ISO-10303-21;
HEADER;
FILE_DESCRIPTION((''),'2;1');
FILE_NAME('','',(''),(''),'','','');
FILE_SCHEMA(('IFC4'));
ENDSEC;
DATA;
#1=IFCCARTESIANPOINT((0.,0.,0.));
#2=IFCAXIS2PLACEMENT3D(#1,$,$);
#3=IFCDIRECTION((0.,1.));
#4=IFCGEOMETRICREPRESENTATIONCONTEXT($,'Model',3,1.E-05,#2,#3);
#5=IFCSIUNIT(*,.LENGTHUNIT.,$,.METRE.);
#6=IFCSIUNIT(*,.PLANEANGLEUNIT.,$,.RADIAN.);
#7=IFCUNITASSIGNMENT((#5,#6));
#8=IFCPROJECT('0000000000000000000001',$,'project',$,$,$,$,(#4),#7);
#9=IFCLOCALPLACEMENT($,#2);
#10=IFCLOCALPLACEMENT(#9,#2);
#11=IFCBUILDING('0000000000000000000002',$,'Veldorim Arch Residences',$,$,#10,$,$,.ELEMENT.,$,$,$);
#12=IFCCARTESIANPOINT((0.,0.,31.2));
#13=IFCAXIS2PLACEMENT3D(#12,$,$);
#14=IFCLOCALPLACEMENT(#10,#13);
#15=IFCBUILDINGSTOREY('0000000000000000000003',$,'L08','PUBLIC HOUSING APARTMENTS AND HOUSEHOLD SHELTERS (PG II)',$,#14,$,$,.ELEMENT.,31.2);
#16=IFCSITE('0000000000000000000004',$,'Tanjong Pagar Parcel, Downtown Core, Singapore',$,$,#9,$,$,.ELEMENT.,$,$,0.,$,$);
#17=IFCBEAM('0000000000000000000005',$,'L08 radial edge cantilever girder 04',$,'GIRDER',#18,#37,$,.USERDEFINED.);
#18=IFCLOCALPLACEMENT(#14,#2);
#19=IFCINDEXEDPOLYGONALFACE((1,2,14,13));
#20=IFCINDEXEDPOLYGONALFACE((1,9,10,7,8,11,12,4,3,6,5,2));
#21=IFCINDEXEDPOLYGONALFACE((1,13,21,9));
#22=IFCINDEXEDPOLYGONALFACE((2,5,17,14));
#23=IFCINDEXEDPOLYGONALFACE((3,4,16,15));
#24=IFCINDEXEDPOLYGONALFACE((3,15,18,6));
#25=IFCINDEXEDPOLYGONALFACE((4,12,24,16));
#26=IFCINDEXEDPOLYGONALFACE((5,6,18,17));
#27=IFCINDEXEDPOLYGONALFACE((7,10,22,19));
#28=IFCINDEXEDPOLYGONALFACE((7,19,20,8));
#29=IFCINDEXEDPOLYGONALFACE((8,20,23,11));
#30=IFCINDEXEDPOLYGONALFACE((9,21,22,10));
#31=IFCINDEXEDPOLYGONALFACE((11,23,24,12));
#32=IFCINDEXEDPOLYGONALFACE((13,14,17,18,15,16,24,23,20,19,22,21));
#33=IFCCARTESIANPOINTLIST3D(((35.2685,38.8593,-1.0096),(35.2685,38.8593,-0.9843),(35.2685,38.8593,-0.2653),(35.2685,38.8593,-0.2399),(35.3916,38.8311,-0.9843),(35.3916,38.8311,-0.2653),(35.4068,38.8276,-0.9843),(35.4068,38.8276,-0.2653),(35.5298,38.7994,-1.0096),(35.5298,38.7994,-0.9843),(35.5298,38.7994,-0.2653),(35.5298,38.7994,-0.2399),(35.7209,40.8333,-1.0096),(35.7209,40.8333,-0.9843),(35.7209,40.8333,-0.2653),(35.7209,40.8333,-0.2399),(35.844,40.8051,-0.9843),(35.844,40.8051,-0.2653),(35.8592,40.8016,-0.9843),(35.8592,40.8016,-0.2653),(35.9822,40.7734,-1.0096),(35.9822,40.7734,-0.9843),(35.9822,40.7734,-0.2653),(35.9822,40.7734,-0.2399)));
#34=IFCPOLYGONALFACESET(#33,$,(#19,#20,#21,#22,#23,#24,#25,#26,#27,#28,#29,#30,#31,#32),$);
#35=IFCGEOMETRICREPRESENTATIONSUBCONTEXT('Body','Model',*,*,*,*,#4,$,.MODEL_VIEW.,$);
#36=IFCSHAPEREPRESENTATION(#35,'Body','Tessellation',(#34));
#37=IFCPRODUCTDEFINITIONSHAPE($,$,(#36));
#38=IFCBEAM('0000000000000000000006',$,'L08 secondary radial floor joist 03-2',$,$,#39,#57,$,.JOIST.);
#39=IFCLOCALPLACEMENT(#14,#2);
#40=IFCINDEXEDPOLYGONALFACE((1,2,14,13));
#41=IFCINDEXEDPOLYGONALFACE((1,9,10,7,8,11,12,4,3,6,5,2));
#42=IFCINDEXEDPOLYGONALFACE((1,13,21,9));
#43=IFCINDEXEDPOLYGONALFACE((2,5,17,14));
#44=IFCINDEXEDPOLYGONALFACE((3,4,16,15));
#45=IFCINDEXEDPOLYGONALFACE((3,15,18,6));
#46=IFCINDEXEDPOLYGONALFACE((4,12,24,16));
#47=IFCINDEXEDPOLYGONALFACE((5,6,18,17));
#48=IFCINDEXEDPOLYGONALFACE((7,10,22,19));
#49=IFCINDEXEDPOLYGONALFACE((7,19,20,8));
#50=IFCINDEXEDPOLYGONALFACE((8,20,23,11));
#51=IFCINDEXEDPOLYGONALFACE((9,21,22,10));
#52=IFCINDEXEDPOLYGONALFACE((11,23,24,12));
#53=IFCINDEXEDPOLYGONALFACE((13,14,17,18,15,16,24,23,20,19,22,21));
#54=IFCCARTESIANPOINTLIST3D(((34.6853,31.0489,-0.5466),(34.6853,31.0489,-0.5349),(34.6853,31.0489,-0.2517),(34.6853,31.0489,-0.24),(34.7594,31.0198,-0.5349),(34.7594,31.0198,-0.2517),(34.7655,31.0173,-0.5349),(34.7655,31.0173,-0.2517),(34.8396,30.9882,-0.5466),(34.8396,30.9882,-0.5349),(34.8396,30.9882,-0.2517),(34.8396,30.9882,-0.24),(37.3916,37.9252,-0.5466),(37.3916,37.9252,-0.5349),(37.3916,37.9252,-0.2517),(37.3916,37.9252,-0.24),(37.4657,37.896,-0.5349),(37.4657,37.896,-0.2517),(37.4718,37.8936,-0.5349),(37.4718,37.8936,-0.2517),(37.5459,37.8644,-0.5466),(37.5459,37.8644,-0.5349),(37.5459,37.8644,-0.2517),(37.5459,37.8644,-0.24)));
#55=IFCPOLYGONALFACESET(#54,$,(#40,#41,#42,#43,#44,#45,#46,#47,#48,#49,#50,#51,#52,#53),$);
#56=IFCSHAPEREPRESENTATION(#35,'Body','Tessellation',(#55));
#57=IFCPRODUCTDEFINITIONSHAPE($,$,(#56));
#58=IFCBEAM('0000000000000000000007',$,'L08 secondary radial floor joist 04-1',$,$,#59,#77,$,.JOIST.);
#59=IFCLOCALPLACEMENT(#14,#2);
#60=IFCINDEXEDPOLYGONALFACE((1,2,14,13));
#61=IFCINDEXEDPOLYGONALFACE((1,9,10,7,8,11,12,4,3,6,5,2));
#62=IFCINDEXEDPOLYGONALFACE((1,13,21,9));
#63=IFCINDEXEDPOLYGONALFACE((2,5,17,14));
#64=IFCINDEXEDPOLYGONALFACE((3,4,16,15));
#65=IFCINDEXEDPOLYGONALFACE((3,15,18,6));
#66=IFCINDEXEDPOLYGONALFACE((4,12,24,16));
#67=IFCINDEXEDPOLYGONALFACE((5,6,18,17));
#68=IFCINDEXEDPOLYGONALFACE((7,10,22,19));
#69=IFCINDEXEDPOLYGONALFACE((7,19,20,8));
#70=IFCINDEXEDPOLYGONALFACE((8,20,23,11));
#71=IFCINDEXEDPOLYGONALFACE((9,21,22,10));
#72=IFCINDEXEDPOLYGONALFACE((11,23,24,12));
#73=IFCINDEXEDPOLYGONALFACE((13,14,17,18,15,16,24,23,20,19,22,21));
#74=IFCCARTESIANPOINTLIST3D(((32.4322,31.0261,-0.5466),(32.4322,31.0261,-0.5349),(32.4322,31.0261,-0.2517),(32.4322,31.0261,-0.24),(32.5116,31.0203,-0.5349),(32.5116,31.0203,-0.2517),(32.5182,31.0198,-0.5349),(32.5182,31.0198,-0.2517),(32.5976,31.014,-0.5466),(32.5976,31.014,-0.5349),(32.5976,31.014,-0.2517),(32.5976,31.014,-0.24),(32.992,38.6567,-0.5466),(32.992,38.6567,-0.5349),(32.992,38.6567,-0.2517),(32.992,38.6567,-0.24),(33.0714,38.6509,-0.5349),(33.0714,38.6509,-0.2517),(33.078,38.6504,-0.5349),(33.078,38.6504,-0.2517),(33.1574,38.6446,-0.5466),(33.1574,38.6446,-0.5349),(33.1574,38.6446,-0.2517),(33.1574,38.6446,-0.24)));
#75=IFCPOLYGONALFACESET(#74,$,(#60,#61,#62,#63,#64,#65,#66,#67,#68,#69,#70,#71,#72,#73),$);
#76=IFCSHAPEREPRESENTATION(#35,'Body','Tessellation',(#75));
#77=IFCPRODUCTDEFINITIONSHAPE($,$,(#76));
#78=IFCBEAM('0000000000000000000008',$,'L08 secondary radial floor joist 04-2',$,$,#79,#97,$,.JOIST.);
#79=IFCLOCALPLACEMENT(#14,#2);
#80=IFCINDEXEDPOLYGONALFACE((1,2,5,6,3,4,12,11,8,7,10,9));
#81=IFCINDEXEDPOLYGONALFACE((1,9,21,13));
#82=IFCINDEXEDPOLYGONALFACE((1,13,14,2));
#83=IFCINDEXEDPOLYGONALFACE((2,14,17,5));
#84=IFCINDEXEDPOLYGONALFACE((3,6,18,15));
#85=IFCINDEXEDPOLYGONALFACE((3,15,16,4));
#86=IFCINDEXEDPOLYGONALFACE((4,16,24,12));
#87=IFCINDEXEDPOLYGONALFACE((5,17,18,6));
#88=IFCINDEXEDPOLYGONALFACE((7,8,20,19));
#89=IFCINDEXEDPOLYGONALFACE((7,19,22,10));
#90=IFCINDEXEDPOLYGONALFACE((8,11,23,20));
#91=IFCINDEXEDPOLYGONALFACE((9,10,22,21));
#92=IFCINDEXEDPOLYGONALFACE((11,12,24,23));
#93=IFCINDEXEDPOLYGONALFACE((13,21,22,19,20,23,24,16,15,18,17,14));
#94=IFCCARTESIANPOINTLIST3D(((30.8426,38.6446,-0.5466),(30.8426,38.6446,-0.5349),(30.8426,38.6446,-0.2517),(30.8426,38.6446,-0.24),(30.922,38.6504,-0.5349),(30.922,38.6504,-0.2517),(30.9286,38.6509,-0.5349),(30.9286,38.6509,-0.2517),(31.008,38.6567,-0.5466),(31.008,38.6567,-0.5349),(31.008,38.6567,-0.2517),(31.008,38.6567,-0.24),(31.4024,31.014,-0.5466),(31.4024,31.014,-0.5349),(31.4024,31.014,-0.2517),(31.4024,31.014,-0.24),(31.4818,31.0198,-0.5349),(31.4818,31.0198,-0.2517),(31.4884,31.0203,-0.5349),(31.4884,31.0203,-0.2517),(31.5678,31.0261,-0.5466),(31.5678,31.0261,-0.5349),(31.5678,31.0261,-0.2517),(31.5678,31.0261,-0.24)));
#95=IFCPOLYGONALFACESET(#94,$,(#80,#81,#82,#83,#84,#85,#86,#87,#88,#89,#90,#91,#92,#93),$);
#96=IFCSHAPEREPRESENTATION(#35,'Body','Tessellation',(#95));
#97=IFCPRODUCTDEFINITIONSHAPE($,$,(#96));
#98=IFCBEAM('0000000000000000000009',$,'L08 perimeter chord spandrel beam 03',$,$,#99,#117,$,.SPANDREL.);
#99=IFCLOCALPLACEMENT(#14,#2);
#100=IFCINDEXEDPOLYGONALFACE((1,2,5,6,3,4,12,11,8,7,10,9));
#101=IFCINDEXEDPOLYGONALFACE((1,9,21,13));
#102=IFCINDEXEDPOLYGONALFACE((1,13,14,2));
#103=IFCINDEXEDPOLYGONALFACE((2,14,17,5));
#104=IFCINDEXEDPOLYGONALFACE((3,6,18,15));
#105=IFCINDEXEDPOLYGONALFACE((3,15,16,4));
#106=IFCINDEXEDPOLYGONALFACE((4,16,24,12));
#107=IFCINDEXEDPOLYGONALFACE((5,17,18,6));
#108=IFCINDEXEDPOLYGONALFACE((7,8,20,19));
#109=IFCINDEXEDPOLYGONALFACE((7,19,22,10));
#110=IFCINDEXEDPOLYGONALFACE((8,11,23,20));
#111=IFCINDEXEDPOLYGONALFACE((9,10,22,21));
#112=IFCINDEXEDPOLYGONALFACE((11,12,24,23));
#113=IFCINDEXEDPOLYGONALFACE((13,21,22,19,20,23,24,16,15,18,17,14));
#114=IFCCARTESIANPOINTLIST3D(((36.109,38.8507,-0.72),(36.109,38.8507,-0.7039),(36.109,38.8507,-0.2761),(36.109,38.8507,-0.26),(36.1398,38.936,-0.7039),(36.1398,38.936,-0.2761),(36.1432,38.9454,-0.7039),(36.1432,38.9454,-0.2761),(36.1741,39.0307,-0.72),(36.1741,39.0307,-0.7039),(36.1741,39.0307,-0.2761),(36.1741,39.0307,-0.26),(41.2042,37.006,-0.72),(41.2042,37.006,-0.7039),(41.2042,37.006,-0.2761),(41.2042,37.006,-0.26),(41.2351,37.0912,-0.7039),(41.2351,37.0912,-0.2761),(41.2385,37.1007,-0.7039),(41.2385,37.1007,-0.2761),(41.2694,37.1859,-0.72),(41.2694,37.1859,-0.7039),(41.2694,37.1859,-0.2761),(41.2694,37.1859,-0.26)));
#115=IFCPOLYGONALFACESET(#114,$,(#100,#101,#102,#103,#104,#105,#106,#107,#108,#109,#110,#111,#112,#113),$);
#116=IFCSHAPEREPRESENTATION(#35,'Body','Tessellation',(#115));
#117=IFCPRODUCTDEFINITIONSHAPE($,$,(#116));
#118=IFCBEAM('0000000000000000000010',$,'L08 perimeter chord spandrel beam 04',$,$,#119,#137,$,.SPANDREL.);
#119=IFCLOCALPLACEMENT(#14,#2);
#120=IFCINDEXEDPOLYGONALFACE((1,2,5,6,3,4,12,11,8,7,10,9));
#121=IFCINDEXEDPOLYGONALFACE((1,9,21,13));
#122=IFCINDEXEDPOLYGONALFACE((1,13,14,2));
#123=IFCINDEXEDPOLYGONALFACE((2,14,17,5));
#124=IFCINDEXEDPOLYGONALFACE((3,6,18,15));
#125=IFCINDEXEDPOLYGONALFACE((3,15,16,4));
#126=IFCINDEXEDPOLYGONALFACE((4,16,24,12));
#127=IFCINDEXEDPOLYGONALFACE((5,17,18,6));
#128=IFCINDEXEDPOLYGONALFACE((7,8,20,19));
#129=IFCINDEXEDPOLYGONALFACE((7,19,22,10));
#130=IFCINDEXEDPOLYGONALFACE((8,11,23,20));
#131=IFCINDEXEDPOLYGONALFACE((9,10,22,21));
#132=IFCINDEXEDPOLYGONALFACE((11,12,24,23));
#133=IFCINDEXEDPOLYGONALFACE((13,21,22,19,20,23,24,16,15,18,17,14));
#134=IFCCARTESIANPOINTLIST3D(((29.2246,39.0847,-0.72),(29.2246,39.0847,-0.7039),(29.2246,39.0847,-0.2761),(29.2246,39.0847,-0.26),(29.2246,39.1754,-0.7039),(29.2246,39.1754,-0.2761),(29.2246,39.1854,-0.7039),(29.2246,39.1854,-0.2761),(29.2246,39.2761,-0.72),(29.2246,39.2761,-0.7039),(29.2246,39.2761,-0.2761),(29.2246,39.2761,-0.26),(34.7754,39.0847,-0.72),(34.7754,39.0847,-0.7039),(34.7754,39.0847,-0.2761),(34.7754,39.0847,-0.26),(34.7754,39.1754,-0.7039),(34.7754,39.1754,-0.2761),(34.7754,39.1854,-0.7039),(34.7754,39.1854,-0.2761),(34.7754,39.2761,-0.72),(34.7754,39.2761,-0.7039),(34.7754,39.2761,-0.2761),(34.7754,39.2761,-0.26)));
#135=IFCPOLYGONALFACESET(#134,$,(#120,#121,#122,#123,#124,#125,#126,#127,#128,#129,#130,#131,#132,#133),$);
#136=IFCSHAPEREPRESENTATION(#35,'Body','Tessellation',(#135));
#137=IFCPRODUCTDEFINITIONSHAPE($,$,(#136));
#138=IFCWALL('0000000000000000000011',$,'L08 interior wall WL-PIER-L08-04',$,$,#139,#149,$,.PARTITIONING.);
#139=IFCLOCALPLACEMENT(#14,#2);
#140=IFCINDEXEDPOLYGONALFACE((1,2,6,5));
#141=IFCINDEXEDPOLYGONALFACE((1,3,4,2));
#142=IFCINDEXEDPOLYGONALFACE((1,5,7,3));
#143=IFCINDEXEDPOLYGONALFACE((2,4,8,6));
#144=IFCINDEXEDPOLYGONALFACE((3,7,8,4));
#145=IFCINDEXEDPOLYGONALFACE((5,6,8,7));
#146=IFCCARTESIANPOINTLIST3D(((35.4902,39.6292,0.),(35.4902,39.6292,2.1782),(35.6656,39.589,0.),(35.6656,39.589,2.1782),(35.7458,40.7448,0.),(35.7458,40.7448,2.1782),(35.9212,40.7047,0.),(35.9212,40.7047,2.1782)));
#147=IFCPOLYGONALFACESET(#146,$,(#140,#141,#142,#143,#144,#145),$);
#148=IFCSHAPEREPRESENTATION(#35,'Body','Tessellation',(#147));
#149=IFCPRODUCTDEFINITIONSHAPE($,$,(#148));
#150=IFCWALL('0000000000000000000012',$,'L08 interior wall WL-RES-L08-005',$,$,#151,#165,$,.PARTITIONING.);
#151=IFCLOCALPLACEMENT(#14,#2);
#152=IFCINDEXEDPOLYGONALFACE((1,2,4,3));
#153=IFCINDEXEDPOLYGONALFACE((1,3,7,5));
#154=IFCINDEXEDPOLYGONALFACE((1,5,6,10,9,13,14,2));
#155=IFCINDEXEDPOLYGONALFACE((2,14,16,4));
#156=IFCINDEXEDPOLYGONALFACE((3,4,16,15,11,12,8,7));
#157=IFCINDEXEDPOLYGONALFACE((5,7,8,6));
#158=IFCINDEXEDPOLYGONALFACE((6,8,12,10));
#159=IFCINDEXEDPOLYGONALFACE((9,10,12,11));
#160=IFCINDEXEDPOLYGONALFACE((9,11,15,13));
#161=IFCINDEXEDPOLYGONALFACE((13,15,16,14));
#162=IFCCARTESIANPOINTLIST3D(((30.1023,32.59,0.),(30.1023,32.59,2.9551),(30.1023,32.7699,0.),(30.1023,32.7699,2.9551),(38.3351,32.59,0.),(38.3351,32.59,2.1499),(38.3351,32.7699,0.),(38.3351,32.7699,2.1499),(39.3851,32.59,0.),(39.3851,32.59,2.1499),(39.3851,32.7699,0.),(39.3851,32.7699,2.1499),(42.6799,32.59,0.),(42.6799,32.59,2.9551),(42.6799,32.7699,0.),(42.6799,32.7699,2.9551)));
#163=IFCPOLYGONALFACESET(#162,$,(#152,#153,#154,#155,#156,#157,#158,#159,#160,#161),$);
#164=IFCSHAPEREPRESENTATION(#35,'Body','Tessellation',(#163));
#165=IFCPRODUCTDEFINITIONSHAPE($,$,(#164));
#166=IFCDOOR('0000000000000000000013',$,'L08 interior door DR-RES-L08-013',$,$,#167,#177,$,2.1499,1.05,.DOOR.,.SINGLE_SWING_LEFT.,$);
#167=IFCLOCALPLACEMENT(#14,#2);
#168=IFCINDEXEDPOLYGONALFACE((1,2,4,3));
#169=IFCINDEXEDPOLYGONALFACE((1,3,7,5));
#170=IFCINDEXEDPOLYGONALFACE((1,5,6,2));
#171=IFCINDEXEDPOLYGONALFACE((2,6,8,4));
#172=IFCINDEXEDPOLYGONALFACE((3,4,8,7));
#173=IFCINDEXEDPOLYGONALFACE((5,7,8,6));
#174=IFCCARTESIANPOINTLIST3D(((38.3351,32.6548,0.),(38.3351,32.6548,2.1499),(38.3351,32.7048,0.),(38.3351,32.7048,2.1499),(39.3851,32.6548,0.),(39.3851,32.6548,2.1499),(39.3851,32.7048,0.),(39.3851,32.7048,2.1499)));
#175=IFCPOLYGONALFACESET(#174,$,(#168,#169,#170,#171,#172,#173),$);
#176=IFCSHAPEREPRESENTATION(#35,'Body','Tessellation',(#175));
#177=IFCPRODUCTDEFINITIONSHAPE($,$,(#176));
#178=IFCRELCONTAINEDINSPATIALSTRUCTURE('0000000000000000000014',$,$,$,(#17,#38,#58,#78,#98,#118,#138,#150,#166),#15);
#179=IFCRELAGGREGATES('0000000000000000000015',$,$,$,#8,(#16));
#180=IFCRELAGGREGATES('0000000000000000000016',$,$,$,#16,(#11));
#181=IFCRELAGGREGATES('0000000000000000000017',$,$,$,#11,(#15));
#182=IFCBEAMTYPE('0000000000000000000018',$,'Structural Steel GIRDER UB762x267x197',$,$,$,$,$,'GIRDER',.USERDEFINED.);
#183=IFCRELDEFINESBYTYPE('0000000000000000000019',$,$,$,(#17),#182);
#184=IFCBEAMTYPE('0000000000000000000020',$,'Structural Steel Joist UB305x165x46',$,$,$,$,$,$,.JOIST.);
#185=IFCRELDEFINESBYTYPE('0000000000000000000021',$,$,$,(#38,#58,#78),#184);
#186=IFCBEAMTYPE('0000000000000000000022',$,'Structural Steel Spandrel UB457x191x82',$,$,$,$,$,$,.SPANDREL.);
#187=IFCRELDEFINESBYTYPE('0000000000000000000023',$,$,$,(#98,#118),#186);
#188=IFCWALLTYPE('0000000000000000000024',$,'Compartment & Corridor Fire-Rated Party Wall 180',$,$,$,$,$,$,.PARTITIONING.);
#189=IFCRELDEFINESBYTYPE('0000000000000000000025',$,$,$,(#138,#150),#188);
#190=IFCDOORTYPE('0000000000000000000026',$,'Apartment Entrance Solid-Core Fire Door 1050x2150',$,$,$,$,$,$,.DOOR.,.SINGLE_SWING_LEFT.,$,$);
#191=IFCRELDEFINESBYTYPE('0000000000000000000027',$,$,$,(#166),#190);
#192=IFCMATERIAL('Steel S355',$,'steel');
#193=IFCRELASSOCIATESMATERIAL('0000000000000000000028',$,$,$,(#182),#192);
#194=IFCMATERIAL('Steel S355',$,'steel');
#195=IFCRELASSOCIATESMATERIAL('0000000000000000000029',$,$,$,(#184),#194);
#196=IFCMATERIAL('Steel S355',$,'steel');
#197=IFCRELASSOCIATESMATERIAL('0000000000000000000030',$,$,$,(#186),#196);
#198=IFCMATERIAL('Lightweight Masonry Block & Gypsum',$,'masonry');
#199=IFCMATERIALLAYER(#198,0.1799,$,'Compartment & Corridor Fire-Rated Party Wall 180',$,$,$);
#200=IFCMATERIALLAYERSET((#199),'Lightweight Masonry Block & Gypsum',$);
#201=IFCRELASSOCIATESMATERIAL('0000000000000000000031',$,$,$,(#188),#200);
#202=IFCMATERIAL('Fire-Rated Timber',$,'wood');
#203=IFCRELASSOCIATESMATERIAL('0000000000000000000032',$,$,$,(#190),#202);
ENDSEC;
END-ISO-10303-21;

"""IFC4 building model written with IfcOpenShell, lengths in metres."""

from ifc_helpers import new_model, si_unit, direction, frame, frame_2d, origin, origin_2d, place, context, subcontext, project, spatial, rectangle, i_section, extrude, material, layer, layer_set, material_profile, profile_set, type_object, element, fill, save


model = new_model("IFC4")

# Units and contexts
model_context = context("Model", 3, precision=1e-05, world=origin(), true_north=direction((0.0, 1.0)))
body_context = subcontext(model_context, "Body", "Model", "MODEL_VIEW")
ifc_project = project(units=[si_unit("LENGTHUNIT", "METRE"), si_unit("PLANEANGLEUNIT", "RADIAN")], contexts=[model_context])

# Site, building, storey
site_placement = place(None, origin())
site = spatial("IfcSite", under=ifc_project, at=site_placement, Name="Tanjong Pagar Parcel, Downtown Core, Singapore", CompositionType="ELEMENT", RefElevation=0.0)
building_placement = place(site_placement, origin())
building = spatial("IfcBuilding", under=site, at=building_placement, Name="Veldorim Arch Residences", CompositionType="ELEMENT")
storey_placement = place(building_placement, frame((0.0, 0.0, 31.2)))
storey = spatial("IfcBuildingStorey", under=building, at=storey_placement, Name="L08", Description="PUBLIC HOUSING APARTMENTS AND HOUSEHOLD SHELTERS (PG II)", CompositionType="ELEMENT", Elevation=31.2)

# Beams
ifc_material_1 = material(Name="Steel S355", Category="steel")
ifc_material_profile_1 = material_profile(ifc_material_1, i_section(OverallWidth=0.2681, OverallDepth=0.7698, WebThickness=0.0156, FlangeThickness=0.0254, at=origin_2d()), Name="UB762x267x197")
ifc_profile_set_1 = profile_set([ifc_material_profile_1], Name="Steel S355")
beam_type_1 = type_object("IfcBeamType", Name="Structural Steel GIRDER UB762x267x197", ElementType="GIRDER", PredefinedType="USERDEFINED", material=ifc_profile_set_1)
beam_1_placement = place(storey_placement, frame((35.3992, 38.8293, -0.6248), z_axis=(0.223398, 0.974727, 0.0), x_axis=(-0.974727, 0.223398, 0.0)))
element("IfcBeam", 1, at=beam_1_placement, inside=storey, type_object=beam_type_1, Name="L08 radial edge cantilever girder 04", ObjectType="GIRDER", PredefinedType="USERDEFINED", context=body_context, shape_type="SweptSolid", body=[
    extrude(i_section(OverallWidth=0.2681, OverallDepth=0.7698, WebThickness=0.0156, FlangeThickness=0.0254, at=origin_2d()), origin(), (0.0, 0.0, 1.0), 2.0251),
])
ifc_material_2 = material(Name="Steel S355", Category="steel")
ifc_material_profile_2 = material_profile(ifc_material_2, i_section(OverallWidth=0.1658, OverallDepth=0.3066, WebThickness=0.0066, FlangeThickness=0.0117, at=origin_2d()), Name="UB305x165x46")
ifc_profile_set_2 = profile_set([ifc_material_profile_2], Name="Steel S355")
beam_type_2 = type_object("IfcBeamType", Name="Structural Steel Joist UB305x165x46", PredefinedType="JOIST", material=ifc_profile_set_2)
beam_2_placement = place(storey_placement, frame((34.7625, 31.0186, -0.3933), z_axis=(0.36623, 0.930524, 0.0), x_axis=(-0.930524, 0.36623, 0.0)))
element("IfcBeam", 2, at=beam_2_placement, inside=storey, type_object=beam_type_2, Name="L08 secondary radial floor joist 03-2", PredefinedType="JOIST", context=body_context, shape_type="SweptSolid", body=[
    extrude(i_section(OverallWidth=0.1658, OverallDepth=0.3066, WebThickness=0.0066, FlangeThickness=0.0117, at=origin_2d()), origin(), (0.0, 0.0, 1.0), 7.3896),
])
for number, where, z_axis, x_axis, name in (
    (3, (32.5149, 31.02, -0.3933), (0.073168, 0.99732, 0.0), (-0.99732, 0.073168, 0.0), "L08 secondary radial floor joist 04-1"),
    (4, (31.4851, 31.02, -0.3933), (-0.073168, 0.99732, 0.0), (-0.99732, -0.073168, 0.0), "L08 secondary radial floor joist 04-2"),
):
    element("IfcBeam", number, at=place(storey_placement, frame(where, z_axis=z_axis, x_axis=x_axis)), inside=storey, type_object=beam_type_2, Name=name, PredefinedType="JOIST", context=body_context, shape_type="SweptSolid", body=[
        extrude(i_section(OverallWidth=0.1658, OverallDepth=0.3066, WebThickness=0.0066, FlangeThickness=0.0117, at=origin_2d()), origin(), (0.0, 0.0, 1.0), 7.6511),
    ])
ifc_material_3 = material(Name="Steel S355", Category="steel")
ifc_material_profile_3 = material_profile(ifc_material_3, i_section(OverallWidth=0.1914, OverallDepth=0.46, WebThickness=0.01, FlangeThickness=0.0161, at=origin_2d()), Name="UB457x191x82")
ifc_profile_set_3 = profile_set([ifc_material_profile_3], Name="Steel S355")
beam_type_3 = type_object("IfcBeamType", Name="Structural Steel Spandrel UB457x191x82", PredefinedType="SPANDREL", material=ifc_profile_set_3)
beam_3_placement = place(storey_placement, frame((41.2368, 37.0959, -0.49), z_axis=(-0.940271, 0.340426, 0.0), x_axis=(-0.340426, -0.940271, 0.0)))
element("IfcBeam", 5, at=beam_3_placement, inside=storey, type_object=beam_type_3, Name="L08 perimeter chord spandrel beam 03", PredefinedType="SPANDREL", context=body_context, shape_type="SweptSolid", body=[
    extrude(i_section(OverallWidth=0.1914, OverallDepth=0.46, WebThickness=0.01, FlangeThickness=0.0161, at=origin_2d()), origin(), (0.0, 0.0, 1.0), 5.4189),
])
beam_4_placement = place(storey_placement, frame((34.7754, 39.1804, -0.49), z_axis=(-1.0, 0.0, 0.0), x_axis=(0.0, -1.0, 0.0)))
element("IfcBeam", 6, at=beam_4_placement, inside=storey, type_object=beam_type_3, Name="L08 perimeter chord spandrel beam 04", PredefinedType="SPANDREL", context=body_context, shape_type="SweptSolid", body=[
    extrude(i_section(OverallWidth=0.1914, OverallDepth=0.46, WebThickness=0.01, FlangeThickness=0.0161, at=origin_2d()), origin(), (0.0, 0.0, 1.0), 5.5508),
])

# Wall
ifc_material_4 = material(Name="Lightweight Masonry Block & Gypsum", Category="masonry")
ifc_layer_1 = layer(ifc_material_4, 0.1799, Name="Compartment & Corridor Fire-Rated Party Wall 180")
ifc_layer_set_1 = layer_set([ifc_layer_1], Name="Lightweight Masonry Block & Gypsum")
wall_type_1 = type_object("IfcWallType", Name="Compartment & Corridor Fire-Rated Party Wall 180", PredefinedType="PARTITIONING", material=ifc_layer_set_1)
wall_1_placement = place(storey_placement, frame((35.5779, 39.6091, 0.0), z_axis=(0.0, 0.0, 1.0), x_axis=(0.223317, 0.974746, 0.0)))
element("IfcWall", 7, at=wall_1_placement, inside=storey, type_object=wall_type_1, Name="L08 interior wall WL-PIER-L08-04", PredefinedType="PARTITIONING", context=body_context, shape_type="SweptSolid", body=[
    extrude(rectangle(XDim=1.1445, YDim=0.1799, at=frame_2d((0.5723, 0.0))), origin(), (0.0, 0.0, 1.0), 2.1782),
])

# Wall, opening, door
wall_2_placement = place(storey_placement, frame((30.1023, 32.6799, 0.0), z_axis=(0.0, 0.0, 1.0), x_axis=(1.0, 0.0, 0.0)))
wall_2 = element("IfcWall", 8, at=wall_2_placement, inside=storey, type_object=wall_type_1, Name="L08 interior wall WL-RES-L08-005", PredefinedType="PARTITIONING", context=body_context, shape_type="SweptSolid", body=[
    extrude(rectangle(XDim=12.5776, YDim=0.1799, at=frame_2d((6.2888, 0.0))), origin(), (0.0, 0.0, 1.0), 2.9551),
])
opening_1_placement = place(wall_2_placement, frame((8.2329, 0.0, 0.0)))
opening_1 = element("IfcOpeningElement", 9, at=opening_1_placement, cuts=wall_2, PredefinedType="OPENING", context=body_context, shape_type="SweptSolid", body=[
    extrude(rectangle(XDim=1.05, YDim=2.1499, at=frame_2d((0.5249, 1.075))), frame((0.0, 0.0999, 0.0), z_axis=(0.0, -1.0, 0.0), x_axis=(1.0, 0.0, 0.0)), (0.0, 0.0, 1.0), 0.2),
])
ifc_material_5 = material(Name="Fire-Rated Timber", Category="wood")
door_type_1 = type_object("IfcDoorType", Name="Apartment Entrance Solid-Core Fire Door 1050x2150", OperationType="SINGLE_SWING_LEFT", PredefinedType="DOOR", material=ifc_material_5)
door_1_placement = place(opening_1_placement, origin())
door_1 = element("IfcDoor", 10, at=door_1_placement, inside=storey, type_object=door_type_1, Name="L08 interior door DR-RES-L08-013", OperationType="SINGLE_SWING_LEFT", OverallHeight=2.1499, OverallWidth=1.05, PredefinedType="DOOR", context=body_context, shape_type="SweptSolid", body=[
    extrude(rectangle(XDim=1.05, YDim=2.1499, at=frame_2d((0.5249, 1.075))), frame((0.0, 0.0249, 0.0), z_axis=(0.0, -1.0, 0.0), x_axis=(1.0, 0.0, 0.0)), (0.0, 0.0, 1.0), 0.05),
])
fill(opening_1, door_1)

save(model, "model.ifc")
